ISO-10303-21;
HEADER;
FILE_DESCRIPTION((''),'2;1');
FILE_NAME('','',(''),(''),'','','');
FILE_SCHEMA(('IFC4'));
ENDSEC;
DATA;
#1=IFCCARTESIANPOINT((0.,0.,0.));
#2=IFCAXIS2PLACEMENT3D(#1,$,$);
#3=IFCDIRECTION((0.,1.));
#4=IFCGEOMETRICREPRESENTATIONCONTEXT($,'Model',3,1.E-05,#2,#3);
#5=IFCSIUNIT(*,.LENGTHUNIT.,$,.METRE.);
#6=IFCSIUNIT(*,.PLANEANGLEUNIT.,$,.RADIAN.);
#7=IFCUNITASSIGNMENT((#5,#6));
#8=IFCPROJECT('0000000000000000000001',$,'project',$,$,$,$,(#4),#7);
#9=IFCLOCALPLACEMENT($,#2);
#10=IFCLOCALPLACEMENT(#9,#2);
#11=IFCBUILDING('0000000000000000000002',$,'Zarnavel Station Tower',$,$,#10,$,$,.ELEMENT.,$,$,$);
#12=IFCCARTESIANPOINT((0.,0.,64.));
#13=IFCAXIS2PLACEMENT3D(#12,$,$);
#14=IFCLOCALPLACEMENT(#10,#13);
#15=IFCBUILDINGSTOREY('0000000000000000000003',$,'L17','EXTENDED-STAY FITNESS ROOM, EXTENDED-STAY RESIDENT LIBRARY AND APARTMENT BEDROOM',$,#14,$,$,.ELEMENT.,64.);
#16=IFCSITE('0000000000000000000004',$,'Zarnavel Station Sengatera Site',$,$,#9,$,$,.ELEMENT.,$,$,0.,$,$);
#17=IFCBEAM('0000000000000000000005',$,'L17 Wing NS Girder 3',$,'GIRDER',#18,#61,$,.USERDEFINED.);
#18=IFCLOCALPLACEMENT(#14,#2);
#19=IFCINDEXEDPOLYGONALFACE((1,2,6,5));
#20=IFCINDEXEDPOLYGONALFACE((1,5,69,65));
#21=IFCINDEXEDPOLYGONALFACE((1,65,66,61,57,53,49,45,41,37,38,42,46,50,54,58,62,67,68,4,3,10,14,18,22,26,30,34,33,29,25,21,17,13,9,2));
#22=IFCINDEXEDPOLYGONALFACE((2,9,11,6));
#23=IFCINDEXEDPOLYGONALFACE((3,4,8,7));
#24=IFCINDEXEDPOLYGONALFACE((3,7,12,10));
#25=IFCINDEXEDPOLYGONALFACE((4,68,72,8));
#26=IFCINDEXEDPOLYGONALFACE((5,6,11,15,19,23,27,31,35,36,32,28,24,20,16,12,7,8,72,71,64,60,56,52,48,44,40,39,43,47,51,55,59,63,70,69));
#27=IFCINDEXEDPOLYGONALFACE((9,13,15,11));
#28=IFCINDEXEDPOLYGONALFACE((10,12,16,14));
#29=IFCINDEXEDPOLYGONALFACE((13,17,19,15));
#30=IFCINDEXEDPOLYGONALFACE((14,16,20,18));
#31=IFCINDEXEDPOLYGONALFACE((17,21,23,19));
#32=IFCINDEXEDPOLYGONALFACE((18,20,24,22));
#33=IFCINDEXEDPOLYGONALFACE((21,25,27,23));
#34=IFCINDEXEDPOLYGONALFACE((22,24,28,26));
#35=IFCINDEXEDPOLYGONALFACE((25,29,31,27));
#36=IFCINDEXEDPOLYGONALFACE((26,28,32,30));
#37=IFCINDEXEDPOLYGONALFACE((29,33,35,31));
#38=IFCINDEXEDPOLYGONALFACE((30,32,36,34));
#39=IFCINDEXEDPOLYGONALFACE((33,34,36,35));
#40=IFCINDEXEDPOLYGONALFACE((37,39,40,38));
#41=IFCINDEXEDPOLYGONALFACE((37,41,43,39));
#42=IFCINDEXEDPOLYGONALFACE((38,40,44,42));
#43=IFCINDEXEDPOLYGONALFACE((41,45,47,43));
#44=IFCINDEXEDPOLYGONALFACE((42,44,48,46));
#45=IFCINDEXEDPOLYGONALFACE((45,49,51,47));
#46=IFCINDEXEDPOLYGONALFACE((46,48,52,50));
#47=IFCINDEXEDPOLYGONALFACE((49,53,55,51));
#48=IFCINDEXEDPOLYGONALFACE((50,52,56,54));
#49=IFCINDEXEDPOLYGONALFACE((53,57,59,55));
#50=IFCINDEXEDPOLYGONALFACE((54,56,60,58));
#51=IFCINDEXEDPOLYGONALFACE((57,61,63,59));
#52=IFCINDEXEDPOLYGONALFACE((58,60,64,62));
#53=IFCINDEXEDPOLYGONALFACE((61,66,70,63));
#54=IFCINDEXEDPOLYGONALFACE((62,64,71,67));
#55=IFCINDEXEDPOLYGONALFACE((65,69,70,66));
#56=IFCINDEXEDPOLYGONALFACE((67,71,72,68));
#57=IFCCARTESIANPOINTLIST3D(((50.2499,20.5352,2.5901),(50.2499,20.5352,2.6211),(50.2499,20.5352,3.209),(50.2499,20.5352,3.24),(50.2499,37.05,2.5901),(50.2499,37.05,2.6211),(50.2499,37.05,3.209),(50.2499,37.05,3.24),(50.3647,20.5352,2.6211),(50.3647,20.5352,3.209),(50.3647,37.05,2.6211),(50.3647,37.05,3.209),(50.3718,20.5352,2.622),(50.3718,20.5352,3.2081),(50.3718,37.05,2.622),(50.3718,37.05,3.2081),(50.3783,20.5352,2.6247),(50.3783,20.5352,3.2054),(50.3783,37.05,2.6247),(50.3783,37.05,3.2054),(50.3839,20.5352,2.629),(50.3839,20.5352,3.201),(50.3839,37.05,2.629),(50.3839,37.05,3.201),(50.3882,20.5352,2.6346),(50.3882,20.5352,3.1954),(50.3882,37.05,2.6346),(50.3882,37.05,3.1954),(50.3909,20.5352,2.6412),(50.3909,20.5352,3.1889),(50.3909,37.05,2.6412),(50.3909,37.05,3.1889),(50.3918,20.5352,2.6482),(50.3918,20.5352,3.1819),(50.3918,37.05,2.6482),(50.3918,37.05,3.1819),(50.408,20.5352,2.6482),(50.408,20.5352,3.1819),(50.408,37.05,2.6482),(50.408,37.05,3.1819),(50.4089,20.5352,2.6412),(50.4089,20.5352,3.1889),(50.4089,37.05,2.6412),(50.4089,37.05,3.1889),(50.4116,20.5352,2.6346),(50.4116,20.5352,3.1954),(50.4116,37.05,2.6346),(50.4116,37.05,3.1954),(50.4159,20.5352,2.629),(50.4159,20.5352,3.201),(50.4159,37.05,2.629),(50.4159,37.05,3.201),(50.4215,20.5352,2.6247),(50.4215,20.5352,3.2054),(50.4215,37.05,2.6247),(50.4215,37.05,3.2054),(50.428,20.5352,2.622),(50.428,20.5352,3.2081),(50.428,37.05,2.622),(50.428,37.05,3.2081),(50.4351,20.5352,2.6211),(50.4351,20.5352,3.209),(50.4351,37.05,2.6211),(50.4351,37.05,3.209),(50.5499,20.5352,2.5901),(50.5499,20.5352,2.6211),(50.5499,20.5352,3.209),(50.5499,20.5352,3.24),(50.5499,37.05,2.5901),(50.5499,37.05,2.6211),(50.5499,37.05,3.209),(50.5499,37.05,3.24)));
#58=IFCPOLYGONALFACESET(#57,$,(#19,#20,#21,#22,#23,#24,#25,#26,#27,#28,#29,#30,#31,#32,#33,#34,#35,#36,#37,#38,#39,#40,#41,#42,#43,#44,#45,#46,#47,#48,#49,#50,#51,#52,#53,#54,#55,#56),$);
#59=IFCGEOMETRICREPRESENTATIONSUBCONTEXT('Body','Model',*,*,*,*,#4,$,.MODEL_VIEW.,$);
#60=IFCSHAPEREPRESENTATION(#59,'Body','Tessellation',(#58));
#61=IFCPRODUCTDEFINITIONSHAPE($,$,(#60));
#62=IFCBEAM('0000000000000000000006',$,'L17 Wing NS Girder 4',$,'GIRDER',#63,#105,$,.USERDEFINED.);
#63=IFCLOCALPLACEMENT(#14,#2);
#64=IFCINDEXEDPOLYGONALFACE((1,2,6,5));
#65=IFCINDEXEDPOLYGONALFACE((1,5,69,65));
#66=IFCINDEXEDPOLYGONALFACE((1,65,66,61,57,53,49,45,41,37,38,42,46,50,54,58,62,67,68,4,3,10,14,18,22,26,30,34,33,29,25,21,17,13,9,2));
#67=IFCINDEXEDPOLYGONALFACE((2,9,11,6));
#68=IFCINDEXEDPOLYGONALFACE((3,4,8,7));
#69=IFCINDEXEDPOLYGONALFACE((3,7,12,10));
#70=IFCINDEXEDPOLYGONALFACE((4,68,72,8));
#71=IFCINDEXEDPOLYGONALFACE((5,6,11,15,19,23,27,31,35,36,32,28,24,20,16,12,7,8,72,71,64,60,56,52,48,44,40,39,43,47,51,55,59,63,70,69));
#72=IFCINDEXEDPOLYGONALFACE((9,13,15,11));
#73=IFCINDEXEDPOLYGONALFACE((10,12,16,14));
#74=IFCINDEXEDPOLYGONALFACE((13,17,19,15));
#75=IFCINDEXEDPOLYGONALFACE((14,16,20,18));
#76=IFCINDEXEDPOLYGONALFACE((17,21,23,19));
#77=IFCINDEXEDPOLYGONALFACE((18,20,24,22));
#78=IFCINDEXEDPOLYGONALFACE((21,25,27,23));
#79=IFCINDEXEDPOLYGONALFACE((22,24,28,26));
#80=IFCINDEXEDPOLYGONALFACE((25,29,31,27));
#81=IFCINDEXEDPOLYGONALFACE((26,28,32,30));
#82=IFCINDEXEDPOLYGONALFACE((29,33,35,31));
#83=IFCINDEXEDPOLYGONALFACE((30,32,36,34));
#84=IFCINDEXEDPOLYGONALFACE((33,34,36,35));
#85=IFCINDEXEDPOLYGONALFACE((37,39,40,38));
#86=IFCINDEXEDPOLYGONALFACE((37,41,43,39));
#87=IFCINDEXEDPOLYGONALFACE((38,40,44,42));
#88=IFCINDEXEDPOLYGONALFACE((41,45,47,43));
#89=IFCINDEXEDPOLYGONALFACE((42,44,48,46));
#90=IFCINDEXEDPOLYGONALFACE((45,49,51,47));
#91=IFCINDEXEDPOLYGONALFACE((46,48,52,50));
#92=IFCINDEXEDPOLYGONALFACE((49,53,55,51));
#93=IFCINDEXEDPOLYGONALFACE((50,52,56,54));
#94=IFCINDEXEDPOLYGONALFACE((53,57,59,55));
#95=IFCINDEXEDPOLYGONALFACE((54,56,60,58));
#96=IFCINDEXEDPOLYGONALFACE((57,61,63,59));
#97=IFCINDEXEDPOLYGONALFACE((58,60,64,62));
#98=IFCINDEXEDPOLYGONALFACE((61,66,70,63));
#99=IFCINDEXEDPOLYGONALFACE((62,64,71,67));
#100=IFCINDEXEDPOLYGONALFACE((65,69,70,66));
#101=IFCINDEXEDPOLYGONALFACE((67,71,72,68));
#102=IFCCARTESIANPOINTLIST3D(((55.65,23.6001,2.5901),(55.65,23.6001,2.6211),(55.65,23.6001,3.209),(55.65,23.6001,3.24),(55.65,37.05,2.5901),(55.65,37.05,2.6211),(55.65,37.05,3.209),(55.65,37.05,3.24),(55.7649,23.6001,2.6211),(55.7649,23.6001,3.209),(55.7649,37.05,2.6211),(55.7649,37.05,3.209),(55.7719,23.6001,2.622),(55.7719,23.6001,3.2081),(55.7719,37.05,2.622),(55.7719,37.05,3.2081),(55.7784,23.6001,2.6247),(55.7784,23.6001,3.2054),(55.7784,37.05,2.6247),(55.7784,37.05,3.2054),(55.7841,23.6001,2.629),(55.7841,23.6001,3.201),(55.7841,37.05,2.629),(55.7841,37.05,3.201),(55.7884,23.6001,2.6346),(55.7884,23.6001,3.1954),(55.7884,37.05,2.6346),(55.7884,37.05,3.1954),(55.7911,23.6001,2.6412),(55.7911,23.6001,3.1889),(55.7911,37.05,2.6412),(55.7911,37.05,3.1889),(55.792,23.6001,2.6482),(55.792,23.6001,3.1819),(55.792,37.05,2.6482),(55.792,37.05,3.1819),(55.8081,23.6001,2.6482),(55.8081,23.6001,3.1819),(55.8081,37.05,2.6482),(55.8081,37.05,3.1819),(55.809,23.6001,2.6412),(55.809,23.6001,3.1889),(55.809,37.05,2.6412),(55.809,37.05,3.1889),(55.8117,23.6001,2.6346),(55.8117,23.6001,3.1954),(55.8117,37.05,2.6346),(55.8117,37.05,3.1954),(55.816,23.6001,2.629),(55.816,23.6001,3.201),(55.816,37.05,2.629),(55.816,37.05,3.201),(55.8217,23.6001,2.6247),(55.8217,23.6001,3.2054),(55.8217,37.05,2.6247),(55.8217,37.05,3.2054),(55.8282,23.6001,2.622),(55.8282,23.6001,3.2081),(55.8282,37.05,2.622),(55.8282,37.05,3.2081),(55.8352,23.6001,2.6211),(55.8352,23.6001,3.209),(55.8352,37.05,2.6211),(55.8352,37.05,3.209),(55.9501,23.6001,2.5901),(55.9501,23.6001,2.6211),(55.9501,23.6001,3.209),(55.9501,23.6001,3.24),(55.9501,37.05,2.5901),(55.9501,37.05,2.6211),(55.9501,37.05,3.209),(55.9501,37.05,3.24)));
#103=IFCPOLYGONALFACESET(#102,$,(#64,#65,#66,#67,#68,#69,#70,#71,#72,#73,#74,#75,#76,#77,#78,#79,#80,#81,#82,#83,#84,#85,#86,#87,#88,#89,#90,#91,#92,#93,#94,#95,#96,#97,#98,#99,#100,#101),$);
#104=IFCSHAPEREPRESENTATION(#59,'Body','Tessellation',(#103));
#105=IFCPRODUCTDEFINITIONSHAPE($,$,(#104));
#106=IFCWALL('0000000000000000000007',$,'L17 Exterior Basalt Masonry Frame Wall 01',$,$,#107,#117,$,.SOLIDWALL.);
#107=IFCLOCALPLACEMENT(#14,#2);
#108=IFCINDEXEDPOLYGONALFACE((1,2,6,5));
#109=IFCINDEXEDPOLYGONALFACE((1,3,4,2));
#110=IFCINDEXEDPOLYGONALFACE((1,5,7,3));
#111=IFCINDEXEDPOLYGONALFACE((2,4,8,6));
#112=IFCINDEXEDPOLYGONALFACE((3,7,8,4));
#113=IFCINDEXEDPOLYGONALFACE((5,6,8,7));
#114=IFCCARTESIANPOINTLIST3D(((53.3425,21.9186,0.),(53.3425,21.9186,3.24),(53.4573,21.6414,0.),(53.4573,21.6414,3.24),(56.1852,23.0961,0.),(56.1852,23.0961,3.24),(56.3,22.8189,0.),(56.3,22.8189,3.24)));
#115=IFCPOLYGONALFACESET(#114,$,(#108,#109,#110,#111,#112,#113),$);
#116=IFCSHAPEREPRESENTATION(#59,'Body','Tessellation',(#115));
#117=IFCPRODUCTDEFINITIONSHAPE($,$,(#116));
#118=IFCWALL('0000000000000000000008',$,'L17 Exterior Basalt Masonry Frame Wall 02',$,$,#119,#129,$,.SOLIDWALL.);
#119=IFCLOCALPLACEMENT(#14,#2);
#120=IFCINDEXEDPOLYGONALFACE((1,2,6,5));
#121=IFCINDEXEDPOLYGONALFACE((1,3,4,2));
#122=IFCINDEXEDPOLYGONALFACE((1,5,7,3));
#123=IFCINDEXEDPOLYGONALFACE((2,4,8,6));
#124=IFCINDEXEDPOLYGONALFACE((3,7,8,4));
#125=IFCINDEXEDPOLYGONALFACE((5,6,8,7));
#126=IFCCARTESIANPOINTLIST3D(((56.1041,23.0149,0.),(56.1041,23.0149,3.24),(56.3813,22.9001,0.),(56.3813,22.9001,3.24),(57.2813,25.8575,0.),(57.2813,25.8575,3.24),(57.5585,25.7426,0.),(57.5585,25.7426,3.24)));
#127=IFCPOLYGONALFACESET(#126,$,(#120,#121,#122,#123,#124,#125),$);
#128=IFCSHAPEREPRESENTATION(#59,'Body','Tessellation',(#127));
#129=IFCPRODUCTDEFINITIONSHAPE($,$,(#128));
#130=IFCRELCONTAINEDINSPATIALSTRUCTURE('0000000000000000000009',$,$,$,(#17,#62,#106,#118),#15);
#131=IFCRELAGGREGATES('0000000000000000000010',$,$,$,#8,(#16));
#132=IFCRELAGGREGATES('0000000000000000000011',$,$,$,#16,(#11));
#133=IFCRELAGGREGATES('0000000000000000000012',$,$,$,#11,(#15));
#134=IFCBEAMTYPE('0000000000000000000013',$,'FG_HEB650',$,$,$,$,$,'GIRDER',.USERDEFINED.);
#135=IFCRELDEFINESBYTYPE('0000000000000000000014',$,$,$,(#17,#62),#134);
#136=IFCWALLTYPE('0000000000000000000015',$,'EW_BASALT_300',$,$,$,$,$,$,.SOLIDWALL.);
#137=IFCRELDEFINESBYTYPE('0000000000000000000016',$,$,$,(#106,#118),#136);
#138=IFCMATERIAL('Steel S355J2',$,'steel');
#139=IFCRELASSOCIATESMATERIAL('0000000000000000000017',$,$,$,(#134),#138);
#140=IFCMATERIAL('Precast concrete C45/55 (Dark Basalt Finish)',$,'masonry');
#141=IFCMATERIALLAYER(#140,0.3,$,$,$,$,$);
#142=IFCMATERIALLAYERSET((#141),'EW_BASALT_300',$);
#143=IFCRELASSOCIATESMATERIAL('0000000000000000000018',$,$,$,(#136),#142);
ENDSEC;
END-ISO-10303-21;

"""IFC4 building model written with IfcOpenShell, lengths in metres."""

from ifc_helpers import new_model, si_unit, direction, frame, frame_2d, origin, origin_2d, place, context, subcontext, project, spatial, rectangle, i_section, extrude, material, layer, layer_set, material_profile, profile_set, type_object, element, save


model = new_model("IFC4")

# Units and contexts
model_context = context("Model", 3, precision=1e-05, world=origin(), true_north=direction((0.0, 1.0)))
body_context = subcontext(model_context, "Body", "Model", "MODEL_VIEW")
ifc_project = project(units=[si_unit("LENGTHUNIT", "METRE"), si_unit("PLANEANGLEUNIT", "RADIAN")], contexts=[model_context])

# Site, building, storey
site_placement = place(None, origin())
site = spatial("IfcSite", under=ifc_project, at=site_placement, Name="Zarnavel Station Sengatera Site", CompositionType="ELEMENT", RefElevation=0.0)
building_placement = place(site_placement, origin())
building = spatial("IfcBuilding", under=site, at=building_placement, Name="Zarnavel Station Tower", CompositionType="ELEMENT")
storey_placement = place(building_placement, frame((0.0, 0.0, 64.0)))
storey = spatial("IfcBuildingStorey", under=building, at=storey_placement, Name="L17", Description="EXTENDED-STAY FITNESS ROOM, EXTENDED-STAY RESIDENT LIBRARY AND APARTMENT BEDROOM", CompositionType="ELEMENT", Elevation=64.0)

# Beams
ifc_material_1 = material(Name="Steel S355J2", Category="steel")
ifc_material_profile_1 = material_profile(ifc_material_1, i_section(OverallWidth=0.3, OverallDepth=0.6499, WebThickness=0.0161, FlangeThickness=0.031, FilletRadius=0.0271, at=origin_2d()), Name="HEB650")
ifc_profile_set_1 = profile_set([ifc_material_profile_1], Name="Steel S355J2")
beam_type_1 = type_object("IfcBeamType", Name="FG_HEB650", ElementType="GIRDER", PredefinedType="USERDEFINED", material=ifc_profile_set_1)
beam_1_placement = place(storey_placement, frame((50.3999, 20.5352, 2.915), z_axis=(0.0, 1.0, 0.0), x_axis=(-1.0, 0.0, 0.0)))
element("IfcBeam", 1, at=beam_1_placement, inside=storey, type_object=beam_type_1, Name="L17 Wing NS Girder 3", ObjectType="GIRDER", PredefinedType="USERDEFINED", context=body_context, shape_type="SweptSolid", body=[
    extrude(i_section(OverallWidth=0.3, OverallDepth=0.6499, WebThickness=0.0161, FlangeThickness=0.031, FilletRadius=0.0271, at=origin_2d()), origin(), (0.0, 0.0, 1.0), 16.5149),
])
beam_2_placement = place(storey_placement, frame((55.8, 23.6001, 2.915), z_axis=(0.0, 1.0, 0.0), x_axis=(-1.0, 0.0, 0.0)))
element("IfcBeam", 2, at=beam_2_placement, inside=storey, type_object=beam_type_1, Name="L17 Wing NS Girder 4", ObjectType="GIRDER", PredefinedType="USERDEFINED", context=body_context, shape_type="SweptSolid", body=[
    extrude(i_section(OverallWidth=0.3, OverallDepth=0.6499, WebThickness=0.0161, FlangeThickness=0.031, FilletRadius=0.0271, at=origin_2d()), origin(), (0.0, 0.0, 1.0), 13.45),
])

# Walls
ifc_material_2 = material(Name="Precast concrete C45/55 (Dark Basalt Finish)", Category="masonry")
ifc_layer_1 = layer(ifc_material_2, 0.3)
ifc_layer_set_1 = layer_set([ifc_layer_1], Name="EW_BASALT_300")
wall_type_1 = type_object("IfcWallType", Name="EW_BASALT_300", PredefinedType="SOLIDWALL", material=ifc_layer_set_1)
wall_1_placement = place(storey_placement, frame((56.2427, 22.9575, 0.0), z_axis=(0.0, 0.0, 1.0), x_axis=(-0.923882, -0.382676, 0.0)))
element("IfcWall", 3, at=wall_1_placement, inside=storey, type_object=wall_type_1, Name="L17 Exterior Basalt Masonry Frame Wall 01", PredefinedType="SOLIDWALL", context=body_context, shape_type="SweptSolid", body=[
    extrude(rectangle(XDim=3.0769, YDim=0.3, at=frame_2d((1.5386, 0.0))), origin(), (0.0, 0.0, 1.0), 3.24),
])
wall_2_placement = place(storey_placement, frame((57.4199, 25.8, 0.0), z_axis=(0.0, 0.0, 1.0), x_axis=(-0.382637, -0.923899, 0.0)))
element("IfcWall", 4, at=wall_2_placement, inside=storey, type_object=wall_type_1, Name="L17 Exterior Basalt Masonry Frame Wall 02", PredefinedType="SOLIDWALL", context=body_context, shape_type="SweptSolid", body=[
    extrude(rectangle(XDim=3.0767, YDim=0.3, at=frame_2d((1.5383, 0.0))), origin(), (0.0, 0.0, 1.0), 3.24),
])

save(model, "model.ifc")
